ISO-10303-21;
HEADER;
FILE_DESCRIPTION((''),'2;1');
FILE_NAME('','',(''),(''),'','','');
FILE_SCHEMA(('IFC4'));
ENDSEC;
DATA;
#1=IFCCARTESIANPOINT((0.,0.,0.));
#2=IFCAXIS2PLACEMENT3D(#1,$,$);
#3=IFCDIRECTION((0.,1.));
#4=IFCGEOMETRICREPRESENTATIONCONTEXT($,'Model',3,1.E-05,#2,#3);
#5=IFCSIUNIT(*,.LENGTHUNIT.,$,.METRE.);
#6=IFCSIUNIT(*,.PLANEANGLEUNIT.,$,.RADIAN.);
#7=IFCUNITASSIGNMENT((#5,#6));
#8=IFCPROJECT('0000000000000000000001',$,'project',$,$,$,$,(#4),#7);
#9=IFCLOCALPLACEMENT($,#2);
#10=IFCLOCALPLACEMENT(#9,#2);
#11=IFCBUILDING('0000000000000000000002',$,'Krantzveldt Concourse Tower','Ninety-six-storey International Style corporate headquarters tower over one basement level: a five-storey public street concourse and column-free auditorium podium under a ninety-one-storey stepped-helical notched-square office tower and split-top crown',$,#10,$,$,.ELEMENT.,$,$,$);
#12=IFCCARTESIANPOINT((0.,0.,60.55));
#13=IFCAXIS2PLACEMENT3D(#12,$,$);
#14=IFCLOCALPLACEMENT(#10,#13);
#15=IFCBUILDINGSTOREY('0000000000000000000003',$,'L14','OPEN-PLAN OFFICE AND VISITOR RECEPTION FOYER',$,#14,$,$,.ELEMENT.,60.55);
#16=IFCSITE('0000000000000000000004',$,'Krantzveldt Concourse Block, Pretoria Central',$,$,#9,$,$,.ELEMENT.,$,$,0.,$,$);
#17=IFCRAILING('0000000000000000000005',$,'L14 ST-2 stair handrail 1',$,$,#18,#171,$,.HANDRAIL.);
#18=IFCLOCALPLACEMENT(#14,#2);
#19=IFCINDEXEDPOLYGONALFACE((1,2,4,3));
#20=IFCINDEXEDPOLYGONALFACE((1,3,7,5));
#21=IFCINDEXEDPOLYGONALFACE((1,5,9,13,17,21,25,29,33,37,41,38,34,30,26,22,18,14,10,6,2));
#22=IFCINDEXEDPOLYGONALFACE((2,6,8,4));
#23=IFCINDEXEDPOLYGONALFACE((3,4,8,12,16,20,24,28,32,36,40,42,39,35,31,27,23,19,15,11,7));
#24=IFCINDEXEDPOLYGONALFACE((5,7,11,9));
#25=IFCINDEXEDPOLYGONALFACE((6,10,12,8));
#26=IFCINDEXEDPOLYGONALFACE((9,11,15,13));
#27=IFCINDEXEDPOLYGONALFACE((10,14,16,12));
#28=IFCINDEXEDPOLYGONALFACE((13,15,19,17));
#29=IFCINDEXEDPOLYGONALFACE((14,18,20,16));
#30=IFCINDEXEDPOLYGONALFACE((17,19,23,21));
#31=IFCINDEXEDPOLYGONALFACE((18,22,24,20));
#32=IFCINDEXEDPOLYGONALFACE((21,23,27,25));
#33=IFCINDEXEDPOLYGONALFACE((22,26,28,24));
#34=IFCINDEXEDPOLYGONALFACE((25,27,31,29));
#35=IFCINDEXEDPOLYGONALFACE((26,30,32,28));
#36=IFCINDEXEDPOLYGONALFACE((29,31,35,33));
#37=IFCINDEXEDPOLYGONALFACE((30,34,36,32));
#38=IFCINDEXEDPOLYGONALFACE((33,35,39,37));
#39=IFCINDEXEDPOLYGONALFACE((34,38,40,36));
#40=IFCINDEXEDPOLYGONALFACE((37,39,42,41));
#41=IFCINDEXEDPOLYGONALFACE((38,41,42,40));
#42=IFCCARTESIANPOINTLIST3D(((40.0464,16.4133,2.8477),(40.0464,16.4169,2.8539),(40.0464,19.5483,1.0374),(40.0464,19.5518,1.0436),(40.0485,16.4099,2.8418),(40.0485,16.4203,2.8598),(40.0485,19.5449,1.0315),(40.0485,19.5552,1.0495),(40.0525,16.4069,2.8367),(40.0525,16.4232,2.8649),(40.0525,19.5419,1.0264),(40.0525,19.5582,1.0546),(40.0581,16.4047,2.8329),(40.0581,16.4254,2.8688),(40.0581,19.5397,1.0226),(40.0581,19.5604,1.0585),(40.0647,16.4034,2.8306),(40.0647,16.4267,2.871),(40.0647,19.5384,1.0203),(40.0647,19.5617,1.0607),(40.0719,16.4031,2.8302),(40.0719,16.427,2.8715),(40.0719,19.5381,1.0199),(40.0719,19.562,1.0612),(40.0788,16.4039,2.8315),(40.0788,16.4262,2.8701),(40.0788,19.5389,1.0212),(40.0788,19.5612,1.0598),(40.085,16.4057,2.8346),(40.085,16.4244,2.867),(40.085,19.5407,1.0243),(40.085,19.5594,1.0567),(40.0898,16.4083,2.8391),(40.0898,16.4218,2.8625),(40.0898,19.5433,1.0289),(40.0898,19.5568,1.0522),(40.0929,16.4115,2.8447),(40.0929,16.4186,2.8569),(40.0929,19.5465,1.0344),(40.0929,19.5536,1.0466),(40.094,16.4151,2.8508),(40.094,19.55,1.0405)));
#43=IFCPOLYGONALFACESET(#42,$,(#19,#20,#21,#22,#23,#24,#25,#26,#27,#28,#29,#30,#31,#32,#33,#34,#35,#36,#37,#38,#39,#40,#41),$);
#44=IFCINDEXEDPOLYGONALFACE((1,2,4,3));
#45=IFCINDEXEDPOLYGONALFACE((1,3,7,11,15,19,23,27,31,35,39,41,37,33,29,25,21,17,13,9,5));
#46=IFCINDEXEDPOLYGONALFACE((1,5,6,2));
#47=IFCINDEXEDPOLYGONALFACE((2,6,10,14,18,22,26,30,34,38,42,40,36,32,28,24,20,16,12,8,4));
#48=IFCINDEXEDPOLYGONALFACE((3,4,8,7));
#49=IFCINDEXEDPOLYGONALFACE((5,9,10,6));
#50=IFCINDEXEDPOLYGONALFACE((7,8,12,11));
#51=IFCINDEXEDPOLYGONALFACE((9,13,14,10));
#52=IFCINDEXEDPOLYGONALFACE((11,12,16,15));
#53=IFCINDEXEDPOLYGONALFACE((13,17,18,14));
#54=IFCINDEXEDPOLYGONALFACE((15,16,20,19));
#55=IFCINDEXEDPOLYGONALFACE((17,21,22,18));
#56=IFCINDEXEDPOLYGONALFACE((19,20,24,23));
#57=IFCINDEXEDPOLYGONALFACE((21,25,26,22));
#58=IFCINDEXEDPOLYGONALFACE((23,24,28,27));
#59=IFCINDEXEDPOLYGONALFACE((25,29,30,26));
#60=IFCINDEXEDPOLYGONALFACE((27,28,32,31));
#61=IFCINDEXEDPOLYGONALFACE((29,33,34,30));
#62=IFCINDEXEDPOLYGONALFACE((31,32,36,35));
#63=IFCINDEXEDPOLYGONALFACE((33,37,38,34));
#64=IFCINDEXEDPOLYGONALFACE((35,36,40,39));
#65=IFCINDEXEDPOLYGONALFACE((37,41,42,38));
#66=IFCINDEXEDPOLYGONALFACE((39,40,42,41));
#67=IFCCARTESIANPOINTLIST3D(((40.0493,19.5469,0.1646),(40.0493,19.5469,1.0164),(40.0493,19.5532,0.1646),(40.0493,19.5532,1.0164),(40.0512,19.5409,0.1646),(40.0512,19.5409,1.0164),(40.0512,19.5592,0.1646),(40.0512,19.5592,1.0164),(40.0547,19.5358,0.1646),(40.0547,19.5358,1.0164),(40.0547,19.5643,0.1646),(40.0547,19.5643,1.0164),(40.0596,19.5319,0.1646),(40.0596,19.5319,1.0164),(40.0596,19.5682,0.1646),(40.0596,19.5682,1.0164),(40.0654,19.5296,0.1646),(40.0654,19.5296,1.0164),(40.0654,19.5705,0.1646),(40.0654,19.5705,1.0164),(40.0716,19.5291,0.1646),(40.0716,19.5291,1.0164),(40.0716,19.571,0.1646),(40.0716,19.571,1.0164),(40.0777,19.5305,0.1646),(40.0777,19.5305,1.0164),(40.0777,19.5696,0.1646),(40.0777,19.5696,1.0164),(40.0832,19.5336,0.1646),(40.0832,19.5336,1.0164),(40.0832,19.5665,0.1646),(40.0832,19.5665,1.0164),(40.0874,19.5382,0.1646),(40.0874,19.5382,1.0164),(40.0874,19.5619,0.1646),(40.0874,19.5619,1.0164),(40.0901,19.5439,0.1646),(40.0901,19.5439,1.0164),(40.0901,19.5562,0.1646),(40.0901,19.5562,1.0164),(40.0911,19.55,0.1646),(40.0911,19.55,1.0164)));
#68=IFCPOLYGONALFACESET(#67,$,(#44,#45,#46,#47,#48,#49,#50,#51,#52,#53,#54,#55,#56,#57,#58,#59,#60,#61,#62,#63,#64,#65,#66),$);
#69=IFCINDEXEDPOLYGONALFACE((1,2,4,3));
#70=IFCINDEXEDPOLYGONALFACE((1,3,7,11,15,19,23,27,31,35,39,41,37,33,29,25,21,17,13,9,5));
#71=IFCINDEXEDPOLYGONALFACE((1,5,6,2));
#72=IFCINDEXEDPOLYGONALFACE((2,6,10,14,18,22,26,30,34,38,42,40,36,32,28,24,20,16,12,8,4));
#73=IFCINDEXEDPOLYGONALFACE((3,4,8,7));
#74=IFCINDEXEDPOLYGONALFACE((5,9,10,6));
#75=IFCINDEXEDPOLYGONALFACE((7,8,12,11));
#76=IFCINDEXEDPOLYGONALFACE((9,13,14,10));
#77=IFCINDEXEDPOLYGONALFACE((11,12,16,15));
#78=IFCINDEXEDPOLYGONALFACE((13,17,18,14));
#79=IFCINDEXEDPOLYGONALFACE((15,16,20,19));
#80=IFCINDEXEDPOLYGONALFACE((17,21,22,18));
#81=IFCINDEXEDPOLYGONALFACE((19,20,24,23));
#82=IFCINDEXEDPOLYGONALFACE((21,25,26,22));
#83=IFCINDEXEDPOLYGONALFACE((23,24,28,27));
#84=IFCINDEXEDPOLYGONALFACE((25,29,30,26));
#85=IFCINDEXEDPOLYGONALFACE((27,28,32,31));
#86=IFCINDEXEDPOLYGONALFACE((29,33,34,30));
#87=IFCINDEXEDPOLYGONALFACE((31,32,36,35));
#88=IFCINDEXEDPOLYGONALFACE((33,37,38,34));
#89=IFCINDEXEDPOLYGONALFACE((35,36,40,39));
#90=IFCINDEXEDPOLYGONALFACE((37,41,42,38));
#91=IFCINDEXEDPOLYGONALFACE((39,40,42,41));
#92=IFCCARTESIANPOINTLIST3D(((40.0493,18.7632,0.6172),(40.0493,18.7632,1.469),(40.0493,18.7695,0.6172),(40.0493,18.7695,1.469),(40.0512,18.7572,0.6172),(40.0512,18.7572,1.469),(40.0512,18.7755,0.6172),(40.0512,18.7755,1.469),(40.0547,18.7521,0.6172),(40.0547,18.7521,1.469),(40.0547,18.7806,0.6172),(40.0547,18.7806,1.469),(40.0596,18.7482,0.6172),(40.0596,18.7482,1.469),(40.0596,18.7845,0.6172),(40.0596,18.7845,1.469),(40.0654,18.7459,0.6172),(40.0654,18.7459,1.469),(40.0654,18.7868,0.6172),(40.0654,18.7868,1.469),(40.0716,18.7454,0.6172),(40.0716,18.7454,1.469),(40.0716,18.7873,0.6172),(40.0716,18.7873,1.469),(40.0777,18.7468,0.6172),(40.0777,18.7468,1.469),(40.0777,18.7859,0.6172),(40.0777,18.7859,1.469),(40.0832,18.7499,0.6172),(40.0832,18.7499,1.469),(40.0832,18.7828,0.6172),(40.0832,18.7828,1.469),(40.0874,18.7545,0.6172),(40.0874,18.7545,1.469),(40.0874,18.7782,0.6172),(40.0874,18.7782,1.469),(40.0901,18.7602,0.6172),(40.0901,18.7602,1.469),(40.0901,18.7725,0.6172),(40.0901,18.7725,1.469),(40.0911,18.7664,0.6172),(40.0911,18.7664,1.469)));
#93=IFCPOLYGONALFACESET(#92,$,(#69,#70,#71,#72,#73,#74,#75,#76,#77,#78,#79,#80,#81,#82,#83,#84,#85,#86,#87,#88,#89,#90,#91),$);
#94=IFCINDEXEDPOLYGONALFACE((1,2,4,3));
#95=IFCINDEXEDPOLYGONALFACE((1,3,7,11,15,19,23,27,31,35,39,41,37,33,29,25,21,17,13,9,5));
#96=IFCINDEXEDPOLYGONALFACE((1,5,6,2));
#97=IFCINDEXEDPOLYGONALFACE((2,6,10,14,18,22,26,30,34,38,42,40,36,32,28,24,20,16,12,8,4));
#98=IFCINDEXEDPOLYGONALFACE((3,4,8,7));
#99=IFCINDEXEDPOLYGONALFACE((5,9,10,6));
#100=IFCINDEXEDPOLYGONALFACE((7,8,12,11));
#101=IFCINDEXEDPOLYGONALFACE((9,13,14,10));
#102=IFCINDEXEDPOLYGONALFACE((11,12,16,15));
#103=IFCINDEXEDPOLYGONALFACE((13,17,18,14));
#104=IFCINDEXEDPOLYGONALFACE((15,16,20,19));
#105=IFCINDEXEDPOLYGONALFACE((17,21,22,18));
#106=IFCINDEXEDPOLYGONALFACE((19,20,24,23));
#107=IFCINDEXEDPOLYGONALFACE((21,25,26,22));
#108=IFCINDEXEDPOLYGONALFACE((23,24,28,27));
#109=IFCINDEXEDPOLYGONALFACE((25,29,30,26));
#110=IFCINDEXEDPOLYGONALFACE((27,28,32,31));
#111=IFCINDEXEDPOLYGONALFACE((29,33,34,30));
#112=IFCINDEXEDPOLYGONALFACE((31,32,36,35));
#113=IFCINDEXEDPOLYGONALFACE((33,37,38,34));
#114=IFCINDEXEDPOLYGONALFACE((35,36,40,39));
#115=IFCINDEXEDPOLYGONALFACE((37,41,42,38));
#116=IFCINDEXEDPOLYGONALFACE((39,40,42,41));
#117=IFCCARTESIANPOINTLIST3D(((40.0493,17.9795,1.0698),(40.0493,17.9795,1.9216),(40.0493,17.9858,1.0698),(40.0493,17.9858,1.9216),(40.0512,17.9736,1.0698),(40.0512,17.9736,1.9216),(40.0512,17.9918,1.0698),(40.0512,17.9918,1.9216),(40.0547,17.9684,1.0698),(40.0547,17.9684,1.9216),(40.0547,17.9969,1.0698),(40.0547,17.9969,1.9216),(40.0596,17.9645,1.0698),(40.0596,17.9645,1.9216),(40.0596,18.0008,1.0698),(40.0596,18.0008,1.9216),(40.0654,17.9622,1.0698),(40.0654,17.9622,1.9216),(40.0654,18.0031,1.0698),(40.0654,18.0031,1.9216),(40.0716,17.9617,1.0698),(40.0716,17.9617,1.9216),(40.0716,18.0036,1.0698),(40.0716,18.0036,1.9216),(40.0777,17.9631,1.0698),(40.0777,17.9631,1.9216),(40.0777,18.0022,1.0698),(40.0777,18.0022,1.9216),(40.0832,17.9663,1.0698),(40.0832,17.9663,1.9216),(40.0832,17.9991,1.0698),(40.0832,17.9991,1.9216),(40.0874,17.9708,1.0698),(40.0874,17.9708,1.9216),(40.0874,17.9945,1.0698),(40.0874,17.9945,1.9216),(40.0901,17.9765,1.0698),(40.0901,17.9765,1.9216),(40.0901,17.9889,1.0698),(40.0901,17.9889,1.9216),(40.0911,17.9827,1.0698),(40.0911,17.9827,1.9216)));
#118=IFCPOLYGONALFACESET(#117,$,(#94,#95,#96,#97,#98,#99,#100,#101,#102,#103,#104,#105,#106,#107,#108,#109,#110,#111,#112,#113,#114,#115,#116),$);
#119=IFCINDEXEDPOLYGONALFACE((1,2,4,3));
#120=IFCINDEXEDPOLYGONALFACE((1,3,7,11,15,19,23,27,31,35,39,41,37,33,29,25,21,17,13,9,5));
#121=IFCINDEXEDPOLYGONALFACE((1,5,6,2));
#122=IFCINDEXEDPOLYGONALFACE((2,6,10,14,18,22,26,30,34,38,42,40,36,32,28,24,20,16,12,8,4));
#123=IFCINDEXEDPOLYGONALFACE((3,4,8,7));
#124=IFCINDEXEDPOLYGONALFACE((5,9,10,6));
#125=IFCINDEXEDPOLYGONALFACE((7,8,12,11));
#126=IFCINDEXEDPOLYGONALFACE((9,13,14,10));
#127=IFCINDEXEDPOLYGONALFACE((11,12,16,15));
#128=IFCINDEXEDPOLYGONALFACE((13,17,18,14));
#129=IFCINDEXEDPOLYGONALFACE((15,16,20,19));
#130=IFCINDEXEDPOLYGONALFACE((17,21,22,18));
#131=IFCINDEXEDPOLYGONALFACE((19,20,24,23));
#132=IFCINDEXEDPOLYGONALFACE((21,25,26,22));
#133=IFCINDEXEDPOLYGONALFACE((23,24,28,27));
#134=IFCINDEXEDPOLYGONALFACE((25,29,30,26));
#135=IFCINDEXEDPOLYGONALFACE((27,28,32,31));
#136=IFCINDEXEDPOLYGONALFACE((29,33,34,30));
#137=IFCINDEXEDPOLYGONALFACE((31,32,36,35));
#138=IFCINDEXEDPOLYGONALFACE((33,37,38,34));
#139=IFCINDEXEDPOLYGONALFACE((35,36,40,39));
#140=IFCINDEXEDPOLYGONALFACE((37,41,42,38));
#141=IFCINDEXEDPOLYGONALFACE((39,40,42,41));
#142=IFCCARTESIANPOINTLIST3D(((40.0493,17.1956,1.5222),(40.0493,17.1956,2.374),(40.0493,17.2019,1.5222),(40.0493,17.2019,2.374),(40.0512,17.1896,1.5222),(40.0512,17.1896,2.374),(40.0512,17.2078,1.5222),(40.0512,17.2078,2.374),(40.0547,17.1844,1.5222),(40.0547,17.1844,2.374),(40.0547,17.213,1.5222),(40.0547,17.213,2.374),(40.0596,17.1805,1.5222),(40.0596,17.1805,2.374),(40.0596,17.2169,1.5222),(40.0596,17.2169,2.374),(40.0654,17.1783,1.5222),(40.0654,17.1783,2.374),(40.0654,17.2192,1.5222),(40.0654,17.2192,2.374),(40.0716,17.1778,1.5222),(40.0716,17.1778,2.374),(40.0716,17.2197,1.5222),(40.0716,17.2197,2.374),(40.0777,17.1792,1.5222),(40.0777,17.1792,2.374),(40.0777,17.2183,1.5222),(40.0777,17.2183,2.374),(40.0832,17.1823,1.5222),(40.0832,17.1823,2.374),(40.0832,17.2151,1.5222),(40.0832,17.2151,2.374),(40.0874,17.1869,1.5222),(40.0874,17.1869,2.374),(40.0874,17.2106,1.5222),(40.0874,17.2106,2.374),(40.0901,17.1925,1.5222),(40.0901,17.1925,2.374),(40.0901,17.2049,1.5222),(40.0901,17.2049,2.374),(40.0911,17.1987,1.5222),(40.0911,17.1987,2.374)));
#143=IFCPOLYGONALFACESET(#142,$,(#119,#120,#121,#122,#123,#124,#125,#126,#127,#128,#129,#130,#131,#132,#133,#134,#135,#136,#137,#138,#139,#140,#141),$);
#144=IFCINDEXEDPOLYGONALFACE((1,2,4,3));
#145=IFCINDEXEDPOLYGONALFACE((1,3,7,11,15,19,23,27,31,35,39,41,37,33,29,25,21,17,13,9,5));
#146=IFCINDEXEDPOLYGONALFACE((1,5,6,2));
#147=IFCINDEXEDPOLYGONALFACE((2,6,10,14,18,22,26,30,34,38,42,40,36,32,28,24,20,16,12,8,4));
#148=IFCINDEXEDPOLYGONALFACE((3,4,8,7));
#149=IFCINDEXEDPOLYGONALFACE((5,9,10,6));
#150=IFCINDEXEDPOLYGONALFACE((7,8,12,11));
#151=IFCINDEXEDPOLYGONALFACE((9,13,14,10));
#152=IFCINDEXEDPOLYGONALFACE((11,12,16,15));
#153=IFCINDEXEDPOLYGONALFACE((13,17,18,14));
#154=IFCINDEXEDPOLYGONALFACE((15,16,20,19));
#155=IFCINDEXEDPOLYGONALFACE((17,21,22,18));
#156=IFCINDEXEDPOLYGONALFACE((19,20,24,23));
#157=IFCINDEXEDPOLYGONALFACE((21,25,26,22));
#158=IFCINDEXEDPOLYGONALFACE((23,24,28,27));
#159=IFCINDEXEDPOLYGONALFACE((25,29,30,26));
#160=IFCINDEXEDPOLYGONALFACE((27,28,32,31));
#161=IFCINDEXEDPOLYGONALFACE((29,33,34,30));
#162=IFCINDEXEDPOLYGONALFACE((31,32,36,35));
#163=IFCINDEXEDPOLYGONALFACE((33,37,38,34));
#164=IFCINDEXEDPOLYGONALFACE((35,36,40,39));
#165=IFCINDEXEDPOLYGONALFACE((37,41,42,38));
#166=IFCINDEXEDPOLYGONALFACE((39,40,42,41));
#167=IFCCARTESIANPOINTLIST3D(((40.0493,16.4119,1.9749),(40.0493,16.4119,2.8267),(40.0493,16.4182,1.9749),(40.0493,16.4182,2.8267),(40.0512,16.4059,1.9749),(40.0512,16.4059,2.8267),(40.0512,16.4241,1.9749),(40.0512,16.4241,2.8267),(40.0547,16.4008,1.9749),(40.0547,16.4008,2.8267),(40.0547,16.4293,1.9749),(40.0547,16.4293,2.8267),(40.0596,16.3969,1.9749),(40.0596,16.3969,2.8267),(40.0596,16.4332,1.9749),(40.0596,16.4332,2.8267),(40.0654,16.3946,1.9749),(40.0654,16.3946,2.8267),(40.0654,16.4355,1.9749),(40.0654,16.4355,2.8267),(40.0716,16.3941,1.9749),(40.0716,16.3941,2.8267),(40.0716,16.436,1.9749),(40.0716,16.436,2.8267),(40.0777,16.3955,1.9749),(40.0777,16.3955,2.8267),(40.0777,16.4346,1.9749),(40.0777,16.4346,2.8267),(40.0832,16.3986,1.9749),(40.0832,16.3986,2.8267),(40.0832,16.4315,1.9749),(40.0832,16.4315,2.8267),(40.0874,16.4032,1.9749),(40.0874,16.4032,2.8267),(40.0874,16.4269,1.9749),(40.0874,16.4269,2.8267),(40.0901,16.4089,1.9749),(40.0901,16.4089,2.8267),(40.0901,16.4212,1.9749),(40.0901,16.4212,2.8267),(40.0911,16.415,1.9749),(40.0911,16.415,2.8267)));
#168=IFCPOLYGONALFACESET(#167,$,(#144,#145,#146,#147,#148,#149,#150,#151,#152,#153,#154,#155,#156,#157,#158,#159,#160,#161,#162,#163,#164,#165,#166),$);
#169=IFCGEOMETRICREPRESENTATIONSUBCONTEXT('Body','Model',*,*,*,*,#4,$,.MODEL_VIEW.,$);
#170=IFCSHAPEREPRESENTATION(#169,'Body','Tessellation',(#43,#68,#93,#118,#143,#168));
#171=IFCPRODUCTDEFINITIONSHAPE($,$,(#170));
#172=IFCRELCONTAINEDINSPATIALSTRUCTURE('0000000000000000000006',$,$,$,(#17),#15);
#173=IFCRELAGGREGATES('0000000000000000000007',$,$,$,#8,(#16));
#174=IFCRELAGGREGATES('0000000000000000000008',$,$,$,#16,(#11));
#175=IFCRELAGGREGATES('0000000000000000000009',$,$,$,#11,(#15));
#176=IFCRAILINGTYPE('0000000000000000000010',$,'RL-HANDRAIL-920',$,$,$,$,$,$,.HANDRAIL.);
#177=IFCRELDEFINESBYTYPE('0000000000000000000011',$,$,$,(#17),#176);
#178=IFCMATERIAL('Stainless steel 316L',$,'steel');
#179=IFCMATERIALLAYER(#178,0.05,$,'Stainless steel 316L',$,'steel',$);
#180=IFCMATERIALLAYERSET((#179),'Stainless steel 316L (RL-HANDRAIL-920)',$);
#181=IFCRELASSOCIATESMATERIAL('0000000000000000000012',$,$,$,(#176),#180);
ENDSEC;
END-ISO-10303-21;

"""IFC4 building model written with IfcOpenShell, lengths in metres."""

from ifc_helpers import new_model, si_unit, direction, frame, origin, origin_2d, place, context, subcontext, project, spatial, circle, extrude, material, layer, layer_set, type_object, element, save


model = new_model("IFC4")

# Units and contexts
model_context = context("Model", 3, precision=1e-05, world=origin(), true_north=direction((0.0, 1.0)))
body_context = subcontext(model_context, "Body", "Model", "MODEL_VIEW")
ifc_project = project(units=[si_unit("LENGTHUNIT", "METRE"), si_unit("PLANEANGLEUNIT", "RADIAN")], contexts=[model_context])

# Site, building, storey
site_placement = place(None, origin())
site = spatial("IfcSite", under=ifc_project, at=site_placement, Name="Krantzveldt Concourse Block, Pretoria Central", CompositionType="ELEMENT", RefElevation=0.0)
building_placement = place(site_placement, origin())
building = spatial("IfcBuilding", under=site, at=building_placement, Name="Krantzveldt Concourse Tower", Description="Ninety-six-storey International Style corporate headquarters tower over one basement level: a five-storey public street concourse and column-free auditorium podium under a ninety-one-storey stepped-helical notched-square office tower and split-top crown", CompositionType="ELEMENT")
storey_placement = place(building_placement, frame((0.0, 0.0, 60.55)))
storey = spatial("IfcBuildingStorey", under=building, at=storey_placement, Name="L14", Description="OPEN-PLAN OFFICE AND VISITOR RECEPTION FOYER", CompositionType="ELEMENT", Elevation=60.55)

# Shared definitions
ifc_material_1 = material(Name="Stainless steel 316L", Category="steel")

# Railing
ifc_layer_1 = layer(ifc_material_1, 0.05, Name="Stainless steel 316L", Category="steel")
ifc_layer_set_1 = layer_set([ifc_layer_1], Name="Stainless steel 316L (RL-HANDRAIL-920)")
railing_type_1 = type_object("IfcRailingType", Name="RL-HANDRAIL-920", PredefinedType="HANDRAIL", material=ifc_layer_set_1)
railing_1_placement = place(storey_placement, frame((40.0701, 19.55, 0.1646)))
element("IfcRailing", 1, at=railing_1_placement, inside=storey, type_object=railing_type_1, Name="L14 ST-2 stair handrail 1", PredefinedType="HANDRAIL", context=body_context, shape_type="SweptSolid", body=[
    extrude(circle(Radius=0.0239, at=origin_2d()), frame((0.0, 0.0, 0.876), z_axis=(0.0, -0.865989, 0.500063), x_axis=(1.0, 0.0, 0.0)), (0.0, 0.0, 1.0), 3.6201),
    extrude(circle(Radius=0.021, at=origin_2d()), origin(), (0.0, 0.0, 1.0), 0.8518),
    extrude(circle(Radius=0.021, at=origin_2d()), frame((0.0, -0.7837, 0.4526)), (0.0, 0.0, 1.0), 0.8518),
    extrude(circle(Radius=0.021, at=origin_2d()), frame((0.0, -1.5674, 0.9053)), (0.0, 0.0, 1.0), 0.8518),
    extrude(circle(Radius=0.021, at=origin_2d()), frame((0.0, -2.3513, 1.3577)), (0.0, 0.0, 1.0), 0.8518),
    extrude(circle(Radius=0.021, at=origin_2d()), frame((0.0, -3.135, 1.8103)), (0.0, 0.0, 1.0), 0.8518),
])

save(model, "model.ifc")
